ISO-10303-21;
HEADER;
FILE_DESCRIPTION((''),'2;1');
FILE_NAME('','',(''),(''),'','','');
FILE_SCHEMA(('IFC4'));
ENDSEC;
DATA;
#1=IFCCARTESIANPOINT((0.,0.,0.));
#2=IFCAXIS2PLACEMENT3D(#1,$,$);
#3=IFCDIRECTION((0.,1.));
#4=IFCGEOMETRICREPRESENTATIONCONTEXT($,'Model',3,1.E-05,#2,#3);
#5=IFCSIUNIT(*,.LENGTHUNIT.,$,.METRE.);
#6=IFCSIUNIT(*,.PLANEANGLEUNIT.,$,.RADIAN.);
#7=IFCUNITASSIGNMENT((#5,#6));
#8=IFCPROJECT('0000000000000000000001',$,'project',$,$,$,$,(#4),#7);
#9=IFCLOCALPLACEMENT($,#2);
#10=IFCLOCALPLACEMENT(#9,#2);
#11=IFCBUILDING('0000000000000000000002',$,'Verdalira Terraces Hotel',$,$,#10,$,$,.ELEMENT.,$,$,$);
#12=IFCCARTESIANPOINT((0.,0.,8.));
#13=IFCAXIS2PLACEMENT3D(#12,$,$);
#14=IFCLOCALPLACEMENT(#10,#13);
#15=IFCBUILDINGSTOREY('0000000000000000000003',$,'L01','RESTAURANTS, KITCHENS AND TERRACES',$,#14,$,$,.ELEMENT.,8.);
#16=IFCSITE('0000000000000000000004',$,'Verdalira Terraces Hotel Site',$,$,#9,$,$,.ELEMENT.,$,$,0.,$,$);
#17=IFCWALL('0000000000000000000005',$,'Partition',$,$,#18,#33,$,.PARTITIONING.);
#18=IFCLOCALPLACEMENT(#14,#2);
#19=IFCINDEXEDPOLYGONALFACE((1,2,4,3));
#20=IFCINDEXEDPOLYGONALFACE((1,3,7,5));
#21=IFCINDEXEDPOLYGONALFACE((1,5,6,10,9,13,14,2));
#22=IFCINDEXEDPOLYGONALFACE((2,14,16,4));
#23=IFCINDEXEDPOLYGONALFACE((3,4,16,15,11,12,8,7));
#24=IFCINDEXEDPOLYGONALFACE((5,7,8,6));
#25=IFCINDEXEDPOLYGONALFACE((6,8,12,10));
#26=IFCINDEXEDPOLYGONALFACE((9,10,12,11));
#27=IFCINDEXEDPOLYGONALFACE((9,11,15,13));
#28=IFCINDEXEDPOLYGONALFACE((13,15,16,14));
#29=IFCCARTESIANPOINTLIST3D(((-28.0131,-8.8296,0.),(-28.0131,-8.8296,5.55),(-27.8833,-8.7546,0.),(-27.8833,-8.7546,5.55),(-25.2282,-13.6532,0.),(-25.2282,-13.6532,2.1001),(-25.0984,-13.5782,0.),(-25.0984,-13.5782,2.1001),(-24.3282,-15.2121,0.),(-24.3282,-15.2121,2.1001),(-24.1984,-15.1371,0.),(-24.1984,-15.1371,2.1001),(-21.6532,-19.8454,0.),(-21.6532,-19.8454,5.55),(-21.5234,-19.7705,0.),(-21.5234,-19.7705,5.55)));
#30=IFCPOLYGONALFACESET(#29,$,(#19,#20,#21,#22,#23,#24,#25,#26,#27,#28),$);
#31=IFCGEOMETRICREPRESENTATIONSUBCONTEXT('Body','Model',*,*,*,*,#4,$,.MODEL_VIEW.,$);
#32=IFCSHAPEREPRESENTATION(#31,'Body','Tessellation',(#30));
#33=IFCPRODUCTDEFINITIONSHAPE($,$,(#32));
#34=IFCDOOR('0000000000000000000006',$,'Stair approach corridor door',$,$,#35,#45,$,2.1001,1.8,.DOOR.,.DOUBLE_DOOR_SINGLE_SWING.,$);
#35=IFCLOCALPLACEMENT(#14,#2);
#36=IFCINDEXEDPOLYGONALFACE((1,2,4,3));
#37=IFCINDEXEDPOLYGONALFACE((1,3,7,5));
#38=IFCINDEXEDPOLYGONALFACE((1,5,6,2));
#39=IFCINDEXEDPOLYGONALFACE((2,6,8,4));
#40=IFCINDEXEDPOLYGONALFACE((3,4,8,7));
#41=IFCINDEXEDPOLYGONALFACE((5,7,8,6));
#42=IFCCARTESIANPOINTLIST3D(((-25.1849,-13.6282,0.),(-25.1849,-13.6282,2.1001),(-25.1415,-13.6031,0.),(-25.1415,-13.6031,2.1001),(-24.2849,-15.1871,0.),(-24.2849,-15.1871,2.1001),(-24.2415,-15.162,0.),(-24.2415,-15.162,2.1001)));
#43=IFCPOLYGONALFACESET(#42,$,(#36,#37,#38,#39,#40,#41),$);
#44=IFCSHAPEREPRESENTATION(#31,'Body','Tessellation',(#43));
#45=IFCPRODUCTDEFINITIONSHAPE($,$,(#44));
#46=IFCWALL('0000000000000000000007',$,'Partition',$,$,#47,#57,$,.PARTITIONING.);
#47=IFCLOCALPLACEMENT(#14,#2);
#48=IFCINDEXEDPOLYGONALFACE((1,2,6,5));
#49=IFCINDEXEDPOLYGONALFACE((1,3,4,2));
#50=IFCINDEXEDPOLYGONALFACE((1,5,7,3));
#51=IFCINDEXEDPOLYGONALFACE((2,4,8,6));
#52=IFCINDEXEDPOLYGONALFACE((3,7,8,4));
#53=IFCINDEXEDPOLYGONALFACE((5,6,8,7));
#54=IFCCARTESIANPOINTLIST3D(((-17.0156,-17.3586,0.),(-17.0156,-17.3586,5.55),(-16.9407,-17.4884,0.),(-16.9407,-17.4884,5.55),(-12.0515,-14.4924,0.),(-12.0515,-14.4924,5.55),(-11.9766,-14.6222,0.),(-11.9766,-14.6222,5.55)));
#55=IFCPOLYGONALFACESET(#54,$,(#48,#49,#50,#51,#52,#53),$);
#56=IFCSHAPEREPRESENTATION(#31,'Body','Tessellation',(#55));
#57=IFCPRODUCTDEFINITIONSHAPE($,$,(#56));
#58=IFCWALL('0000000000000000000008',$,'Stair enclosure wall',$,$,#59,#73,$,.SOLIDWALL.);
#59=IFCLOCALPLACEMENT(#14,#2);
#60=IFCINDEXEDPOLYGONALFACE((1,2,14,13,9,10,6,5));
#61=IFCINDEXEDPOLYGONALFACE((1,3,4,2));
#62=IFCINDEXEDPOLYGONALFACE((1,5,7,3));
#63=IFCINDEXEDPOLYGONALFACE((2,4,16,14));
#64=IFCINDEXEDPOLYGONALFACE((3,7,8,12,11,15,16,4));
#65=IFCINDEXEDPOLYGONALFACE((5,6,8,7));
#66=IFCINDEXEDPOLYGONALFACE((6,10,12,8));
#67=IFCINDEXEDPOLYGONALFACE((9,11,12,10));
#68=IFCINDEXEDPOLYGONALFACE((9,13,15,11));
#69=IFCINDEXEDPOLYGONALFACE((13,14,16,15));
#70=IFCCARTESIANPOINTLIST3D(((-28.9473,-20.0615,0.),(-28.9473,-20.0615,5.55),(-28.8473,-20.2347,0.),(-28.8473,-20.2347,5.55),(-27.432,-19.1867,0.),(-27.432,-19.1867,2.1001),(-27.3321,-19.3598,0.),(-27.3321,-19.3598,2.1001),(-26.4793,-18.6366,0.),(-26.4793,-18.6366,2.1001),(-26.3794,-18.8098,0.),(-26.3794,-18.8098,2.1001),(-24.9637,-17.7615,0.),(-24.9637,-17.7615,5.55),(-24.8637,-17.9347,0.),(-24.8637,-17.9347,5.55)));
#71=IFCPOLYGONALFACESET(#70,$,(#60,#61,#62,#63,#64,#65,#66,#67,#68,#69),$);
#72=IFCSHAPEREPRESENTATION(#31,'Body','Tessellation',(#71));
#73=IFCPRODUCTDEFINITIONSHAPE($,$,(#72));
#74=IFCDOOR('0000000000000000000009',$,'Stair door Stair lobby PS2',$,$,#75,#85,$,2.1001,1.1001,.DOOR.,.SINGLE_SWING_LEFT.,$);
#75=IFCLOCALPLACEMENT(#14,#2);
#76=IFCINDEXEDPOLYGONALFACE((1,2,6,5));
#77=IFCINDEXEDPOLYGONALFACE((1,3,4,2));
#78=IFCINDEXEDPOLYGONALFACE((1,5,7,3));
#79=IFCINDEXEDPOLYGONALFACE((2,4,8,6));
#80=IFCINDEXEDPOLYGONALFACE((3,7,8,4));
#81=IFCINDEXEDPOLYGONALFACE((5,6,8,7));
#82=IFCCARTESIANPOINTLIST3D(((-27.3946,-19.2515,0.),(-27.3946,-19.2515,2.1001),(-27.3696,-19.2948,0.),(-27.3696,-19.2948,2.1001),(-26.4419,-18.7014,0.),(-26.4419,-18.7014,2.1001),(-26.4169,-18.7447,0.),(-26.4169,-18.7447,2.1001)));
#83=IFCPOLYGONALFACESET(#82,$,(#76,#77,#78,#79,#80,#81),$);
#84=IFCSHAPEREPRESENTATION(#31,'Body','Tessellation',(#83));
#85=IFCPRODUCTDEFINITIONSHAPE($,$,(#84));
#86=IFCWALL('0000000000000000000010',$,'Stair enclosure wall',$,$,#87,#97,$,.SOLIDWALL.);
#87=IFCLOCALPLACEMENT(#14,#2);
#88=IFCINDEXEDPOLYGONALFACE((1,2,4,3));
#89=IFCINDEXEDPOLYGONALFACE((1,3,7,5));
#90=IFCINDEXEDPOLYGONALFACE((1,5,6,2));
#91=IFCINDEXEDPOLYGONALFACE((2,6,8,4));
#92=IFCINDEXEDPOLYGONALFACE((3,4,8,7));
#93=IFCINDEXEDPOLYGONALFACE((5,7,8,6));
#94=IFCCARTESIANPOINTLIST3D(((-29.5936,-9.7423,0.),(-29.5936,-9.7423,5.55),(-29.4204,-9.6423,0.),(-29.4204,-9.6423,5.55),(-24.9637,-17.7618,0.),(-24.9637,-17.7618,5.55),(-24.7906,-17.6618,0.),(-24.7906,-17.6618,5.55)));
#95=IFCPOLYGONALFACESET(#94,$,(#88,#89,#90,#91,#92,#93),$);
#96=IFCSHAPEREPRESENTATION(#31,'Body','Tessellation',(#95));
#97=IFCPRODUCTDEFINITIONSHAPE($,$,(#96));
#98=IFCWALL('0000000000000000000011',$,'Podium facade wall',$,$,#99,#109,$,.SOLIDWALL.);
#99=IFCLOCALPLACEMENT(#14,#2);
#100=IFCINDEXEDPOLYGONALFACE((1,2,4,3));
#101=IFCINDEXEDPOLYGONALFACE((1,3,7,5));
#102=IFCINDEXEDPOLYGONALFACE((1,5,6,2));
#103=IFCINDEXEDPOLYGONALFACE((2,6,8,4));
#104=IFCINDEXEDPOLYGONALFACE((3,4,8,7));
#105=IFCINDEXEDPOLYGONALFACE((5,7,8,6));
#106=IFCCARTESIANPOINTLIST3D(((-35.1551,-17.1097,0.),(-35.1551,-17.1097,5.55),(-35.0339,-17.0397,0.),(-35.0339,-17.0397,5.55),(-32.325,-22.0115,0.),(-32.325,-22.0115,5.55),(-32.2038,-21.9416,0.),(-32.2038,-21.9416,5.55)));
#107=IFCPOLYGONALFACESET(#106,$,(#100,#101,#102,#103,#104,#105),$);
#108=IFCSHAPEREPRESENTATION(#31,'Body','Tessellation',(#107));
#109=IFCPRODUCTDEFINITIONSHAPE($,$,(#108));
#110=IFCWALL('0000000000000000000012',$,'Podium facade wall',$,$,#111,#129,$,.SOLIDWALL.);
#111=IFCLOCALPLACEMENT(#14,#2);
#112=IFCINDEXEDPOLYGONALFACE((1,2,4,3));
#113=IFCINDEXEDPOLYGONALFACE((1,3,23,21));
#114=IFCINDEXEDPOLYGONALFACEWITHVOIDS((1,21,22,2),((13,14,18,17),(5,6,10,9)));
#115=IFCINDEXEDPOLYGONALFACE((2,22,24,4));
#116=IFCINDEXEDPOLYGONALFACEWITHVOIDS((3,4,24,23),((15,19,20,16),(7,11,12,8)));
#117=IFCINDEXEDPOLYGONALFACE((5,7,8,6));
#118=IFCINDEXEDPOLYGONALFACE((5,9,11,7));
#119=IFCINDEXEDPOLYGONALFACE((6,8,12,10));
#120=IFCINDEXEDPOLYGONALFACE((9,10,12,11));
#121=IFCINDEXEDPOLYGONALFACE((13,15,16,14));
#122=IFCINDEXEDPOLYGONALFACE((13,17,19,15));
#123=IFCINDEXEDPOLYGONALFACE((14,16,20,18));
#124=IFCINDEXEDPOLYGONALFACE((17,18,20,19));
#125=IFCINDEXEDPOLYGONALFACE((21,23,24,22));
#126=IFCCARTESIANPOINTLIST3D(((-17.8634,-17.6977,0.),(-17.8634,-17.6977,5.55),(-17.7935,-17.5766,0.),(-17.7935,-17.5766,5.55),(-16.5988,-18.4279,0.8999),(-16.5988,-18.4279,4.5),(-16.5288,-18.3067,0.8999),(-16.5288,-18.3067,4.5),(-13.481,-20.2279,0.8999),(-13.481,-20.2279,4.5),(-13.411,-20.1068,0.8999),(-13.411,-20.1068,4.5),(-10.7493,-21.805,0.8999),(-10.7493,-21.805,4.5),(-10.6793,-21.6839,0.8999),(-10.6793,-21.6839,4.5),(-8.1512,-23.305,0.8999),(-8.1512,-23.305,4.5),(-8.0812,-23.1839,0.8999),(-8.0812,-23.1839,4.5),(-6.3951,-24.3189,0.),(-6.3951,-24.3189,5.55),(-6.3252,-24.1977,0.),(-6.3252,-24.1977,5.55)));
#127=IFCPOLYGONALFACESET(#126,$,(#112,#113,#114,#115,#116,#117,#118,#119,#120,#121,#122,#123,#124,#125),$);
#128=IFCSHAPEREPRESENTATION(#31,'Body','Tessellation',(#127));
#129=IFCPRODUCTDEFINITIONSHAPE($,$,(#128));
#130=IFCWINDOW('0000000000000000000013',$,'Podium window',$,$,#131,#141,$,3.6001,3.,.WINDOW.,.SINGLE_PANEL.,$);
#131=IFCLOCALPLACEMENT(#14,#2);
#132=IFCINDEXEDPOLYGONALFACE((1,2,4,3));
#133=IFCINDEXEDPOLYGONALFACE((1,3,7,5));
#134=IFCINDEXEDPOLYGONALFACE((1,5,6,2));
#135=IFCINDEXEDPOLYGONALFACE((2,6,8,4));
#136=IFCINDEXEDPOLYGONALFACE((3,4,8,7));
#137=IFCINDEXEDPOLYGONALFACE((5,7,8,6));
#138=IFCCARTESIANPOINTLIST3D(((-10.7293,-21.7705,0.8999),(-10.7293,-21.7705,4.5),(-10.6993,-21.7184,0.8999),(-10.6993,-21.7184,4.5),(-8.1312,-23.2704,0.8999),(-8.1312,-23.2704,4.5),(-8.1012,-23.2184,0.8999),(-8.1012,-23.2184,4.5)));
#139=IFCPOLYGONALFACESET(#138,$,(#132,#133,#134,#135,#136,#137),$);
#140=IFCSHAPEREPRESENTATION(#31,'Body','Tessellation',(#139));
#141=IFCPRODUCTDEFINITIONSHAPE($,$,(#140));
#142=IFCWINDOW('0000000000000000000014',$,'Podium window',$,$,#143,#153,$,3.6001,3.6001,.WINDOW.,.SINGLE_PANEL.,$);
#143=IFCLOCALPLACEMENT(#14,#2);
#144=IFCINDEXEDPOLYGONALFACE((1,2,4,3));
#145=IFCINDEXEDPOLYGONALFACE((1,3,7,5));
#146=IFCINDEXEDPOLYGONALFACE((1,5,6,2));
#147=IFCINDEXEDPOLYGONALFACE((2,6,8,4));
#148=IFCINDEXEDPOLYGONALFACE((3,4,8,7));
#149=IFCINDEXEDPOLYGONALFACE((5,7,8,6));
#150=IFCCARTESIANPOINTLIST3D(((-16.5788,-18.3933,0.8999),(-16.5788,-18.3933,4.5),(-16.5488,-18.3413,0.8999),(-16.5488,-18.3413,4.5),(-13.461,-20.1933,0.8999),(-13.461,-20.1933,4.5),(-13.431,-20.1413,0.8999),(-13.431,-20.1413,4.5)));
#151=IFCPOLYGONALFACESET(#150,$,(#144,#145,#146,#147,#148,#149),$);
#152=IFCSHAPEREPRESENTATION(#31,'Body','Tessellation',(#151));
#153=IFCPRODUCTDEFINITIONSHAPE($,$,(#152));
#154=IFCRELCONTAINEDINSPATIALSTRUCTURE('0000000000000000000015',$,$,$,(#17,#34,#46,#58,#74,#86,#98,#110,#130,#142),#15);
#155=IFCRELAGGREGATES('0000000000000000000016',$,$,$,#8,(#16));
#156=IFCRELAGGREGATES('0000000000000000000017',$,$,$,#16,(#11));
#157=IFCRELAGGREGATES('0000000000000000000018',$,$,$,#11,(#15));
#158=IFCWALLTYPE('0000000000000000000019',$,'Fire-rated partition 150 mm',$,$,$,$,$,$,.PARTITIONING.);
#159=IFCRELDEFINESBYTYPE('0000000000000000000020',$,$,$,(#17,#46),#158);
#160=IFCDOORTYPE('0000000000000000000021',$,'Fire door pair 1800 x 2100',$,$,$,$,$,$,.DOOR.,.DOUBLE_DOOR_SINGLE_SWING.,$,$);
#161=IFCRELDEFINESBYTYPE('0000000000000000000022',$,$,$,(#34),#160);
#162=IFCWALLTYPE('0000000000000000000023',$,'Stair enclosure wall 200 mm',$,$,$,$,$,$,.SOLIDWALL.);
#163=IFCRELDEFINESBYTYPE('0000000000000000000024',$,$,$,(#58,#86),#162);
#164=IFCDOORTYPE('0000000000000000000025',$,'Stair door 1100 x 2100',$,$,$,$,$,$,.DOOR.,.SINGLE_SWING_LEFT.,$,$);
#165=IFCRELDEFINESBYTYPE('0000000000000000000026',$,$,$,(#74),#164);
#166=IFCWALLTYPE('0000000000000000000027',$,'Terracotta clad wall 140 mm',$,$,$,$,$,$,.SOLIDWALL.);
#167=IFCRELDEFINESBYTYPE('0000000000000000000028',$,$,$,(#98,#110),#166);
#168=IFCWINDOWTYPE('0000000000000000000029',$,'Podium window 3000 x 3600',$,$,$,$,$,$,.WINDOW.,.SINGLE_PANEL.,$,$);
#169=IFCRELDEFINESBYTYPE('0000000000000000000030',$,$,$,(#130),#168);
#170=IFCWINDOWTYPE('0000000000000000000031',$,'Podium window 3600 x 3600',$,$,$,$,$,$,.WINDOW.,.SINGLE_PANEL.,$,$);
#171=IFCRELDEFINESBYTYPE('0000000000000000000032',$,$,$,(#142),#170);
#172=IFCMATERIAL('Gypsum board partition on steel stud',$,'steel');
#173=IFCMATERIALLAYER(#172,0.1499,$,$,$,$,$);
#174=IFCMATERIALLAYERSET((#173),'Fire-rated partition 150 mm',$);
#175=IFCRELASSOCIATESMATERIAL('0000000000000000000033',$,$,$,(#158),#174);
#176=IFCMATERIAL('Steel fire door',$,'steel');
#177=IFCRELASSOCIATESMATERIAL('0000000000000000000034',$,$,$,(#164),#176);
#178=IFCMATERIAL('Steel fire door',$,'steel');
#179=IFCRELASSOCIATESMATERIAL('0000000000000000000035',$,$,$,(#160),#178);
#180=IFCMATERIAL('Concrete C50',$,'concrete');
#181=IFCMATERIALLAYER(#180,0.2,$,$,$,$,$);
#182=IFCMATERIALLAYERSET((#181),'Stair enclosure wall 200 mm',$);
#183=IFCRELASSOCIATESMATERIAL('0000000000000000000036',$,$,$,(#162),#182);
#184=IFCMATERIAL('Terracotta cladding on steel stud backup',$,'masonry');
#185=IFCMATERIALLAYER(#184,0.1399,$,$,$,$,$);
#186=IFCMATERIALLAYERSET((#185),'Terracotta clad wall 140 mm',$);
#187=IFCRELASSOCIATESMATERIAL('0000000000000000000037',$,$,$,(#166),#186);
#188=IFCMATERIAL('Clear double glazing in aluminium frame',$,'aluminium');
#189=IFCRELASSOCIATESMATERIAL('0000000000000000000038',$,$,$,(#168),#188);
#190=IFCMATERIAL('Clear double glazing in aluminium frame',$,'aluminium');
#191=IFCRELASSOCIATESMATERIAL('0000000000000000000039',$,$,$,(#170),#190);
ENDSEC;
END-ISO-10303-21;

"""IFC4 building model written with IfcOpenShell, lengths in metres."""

from ifc_helpers import new_model, si_unit, direction, frame, frame_2d, origin, place, context, subcontext, project, spatial, rectangle, extrude, material, layer, layer_set, type_object, element, fill, save


model = new_model("IFC4")

# Units and contexts
model_context = context("Model", 3, precision=1e-05, world=origin(), true_north=direction((0.0, 1.0)))
body_context = subcontext(model_context, "Body", "Model", "MODEL_VIEW")
ifc_project = project(units=[si_unit("LENGTHUNIT", "METRE"), si_unit("PLANEANGLEUNIT", "RADIAN")], contexts=[model_context])

# Site, building, storey
site_placement = place(None, origin())
site = spatial("IfcSite", under=ifc_project, at=site_placement, Name="Verdalira Terraces Hotel Site", CompositionType="ELEMENT", RefElevation=0.0)
building_placement = place(site_placement, origin())
building = spatial("IfcBuilding", under=site, at=building_placement, Name="Verdalira Terraces Hotel", CompositionType="ELEMENT")
storey_placement = place(building_placement, frame((0.0, 0.0, 8.0)))
storey = spatial("IfcBuildingStorey", under=building, at=storey_placement, Name="L01", Description="RESTAURANTS, KITCHENS AND TERRACES", CompositionType="ELEMENT", Elevation=8.0)

# Wall, opening, door
ifc_material_1 = material(Name="Gypsum board partition on steel stud", Category="steel")
ifc_layer_1 = layer(ifc_material_1, 0.1499)
ifc_layer_set_1 = layer_set([ifc_layer_1], Name="Fire-rated partition 150 mm")
wall_type_1 = type_object("IfcWallType", Name="Fire-rated partition 150 mm", PredefinedType="PARTITIONING", material=ifc_layer_set_1)
ifc_material_2 = material(Name="Steel fire door", Category="steel")
door_type_1 = type_object("IfcDoorType", Name="Stair door 1100 x 2100", OperationType="SINGLE_SWING_LEFT", PredefinedType="DOOR", material=ifc_material_2)
wall_1_placement = place(storey_placement, frame((-21.5884, -19.8079, 0.0), z_axis=(0.0, 0.0, 1.0), x_axis=(-0.499991, 0.866031, 0.0)))
wall_1 = element("IfcWall", 1, at=wall_1_placement, inside=storey, type_object=wall_type_1, Name="Partition", PredefinedType="PARTITIONING", context=body_context, shape_type="SweptSolid", body=[
    extrude(rectangle(XDim=12.72, YDim=0.1499, at=frame_2d((6.3599, 0.0))), origin(), (0.0, 0.0, 1.0), 5.55),
])
opening_1_placement = place(wall_1_placement, frame((5.3501, 0.0, 0.0)))
opening_1 = element("IfcOpeningElement", 2, at=opening_1_placement, cuts=wall_1, PredefinedType="OPENING", context=body_context, shape_type="SweptSolid", body=[
    extrude(rectangle(XDim=1.8, YDim=2.1001, at=frame_2d((0.8999, 1.05))), frame((0.0, 0.085, 0.0), z_axis=(0.0, -1.0, 0.0), x_axis=(1.0, 0.0, 0.0)), (0.0, 0.0, 1.0), 0.1699),
])
ifc_material_3 = material(Name="Steel fire door", Category="steel")
door_type_2 = type_object("IfcDoorType", Name="Fire door pair 1800 x 2100", OperationType="DOUBLE_DOOR_SINGLE_SWING", PredefinedType="DOOR", material=ifc_material_3)
door_1_placement = place(opening_1_placement, origin())
door_1 = element("IfcDoor", 3, at=door_1_placement, inside=storey, type_object=door_type_2, Name="Stair approach corridor door", OperationType="DOUBLE_DOOR_SINGLE_SWING", OverallHeight=2.1001, OverallWidth=1.8, PredefinedType="DOOR", context=body_context, shape_type="SweptSolid", body=[
    extrude(rectangle(XDim=1.8, YDim=2.1001, at=frame_2d((0.8999, 1.05))), frame((0.0, 0.0249, 0.0), z_axis=(0.0, -1.0, 0.0), x_axis=(1.0, 0.0, 0.0)), (0.0, 0.0, 1.0), 0.05),
])
fill(opening_1, door_1)

# Wall
wall_2_placement = place(storey_placement, frame((-16.9783, -17.4236, 0.0), z_axis=(0.0, 0.0, 1.0), x_axis=(0.866012, 0.500024, 0.0)))
element("IfcWall", 4, at=wall_2_placement, inside=storey, type_object=wall_type_1, Name="Partition", PredefinedType="PARTITIONING", context=body_context, shape_type="SweptSolid", body=[
    extrude(rectangle(XDim=5.7322, YDim=0.1499, at=frame_2d((2.8662, 0.0))), origin(), (0.0, 0.0, 1.0), 5.55),
])

# Wall, opening, door
ifc_material_4 = material(Name="Concrete C50", Category="concrete")
ifc_layer_2 = layer(ifc_material_4, 0.2)
ifc_layer_set_2 = layer_set([ifc_layer_2], Name="Stair enclosure wall 200 mm")
wall_type_2 = type_object("IfcWallType", Name="Stair enclosure wall 200 mm", PredefinedType="SOLIDWALL", material=ifc_layer_set_2)
wall_3_placement = place(storey_placement, frame((-24.9138, -17.8481, 0.0), z_axis=(0.0, 0.0, 1.0), x_axis=(-0.866017, -0.500015, 0.0)))
wall_3 = element("IfcWall", 5, at=wall_3_placement, inside=storey, type_object=wall_type_2, Name="Stair enclosure wall", PredefinedType="SOLIDWALL", context=body_context, shape_type="SweptSolid", body=[
    extrude(rectangle(XDim=4.5999, YDim=0.2, at=frame_2d((2.2998, 0.0))), origin(), (0.0, 0.0, 1.0), 5.55),
])
opening_2_placement = place(wall_3_placement, frame((1.75, 0.0, 0.0)))
opening_2 = element("IfcOpeningElement", 6, at=opening_2_placement, cuts=wall_3, PredefinedType="OPENING", context=body_context, shape_type="SweptSolid", body=[
    extrude(rectangle(XDim=1.1001, YDim=2.1001, at=frame_2d((0.55, 1.05))), frame((0.0, 0.1099, 0.0), z_axis=(0.0, -1.0, 0.0), x_axis=(1.0, 0.0, 0.0)), (0.0, 0.0, 1.0), 0.22),
])
door_2_placement = place(opening_2_placement, origin())
door_2 = element("IfcDoor", 7, at=door_2_placement, inside=storey, type_object=door_type_1, Name="Stair door Stair lobby PS2", OperationType="SINGLE_SWING_LEFT", OverallHeight=2.1001, OverallWidth=1.1001, PredefinedType="DOOR", context=body_context, shape_type="SweptSolid", body=[
    extrude(rectangle(XDim=1.1001, YDim=2.1001, at=frame_2d((0.55, 1.05))), frame((0.0, 0.0249, 0.0), z_axis=(0.0, -1.0, 0.0), x_axis=(1.0, 0.0, 0.0)), (0.0, 0.0, 1.0), 0.05),
])
fill(opening_2, door_2)

# Walls
wall_4_placement = place(storey_placement, frame((-24.8772, -17.7117, 0.0), z_axis=(0.0, 0.0, 1.0), x_axis=(-0.499984, 0.866035, 0.0)))
element("IfcWall", 8, at=wall_4_placement, inside=storey, type_object=wall_type_2, Name="Stair enclosure wall", PredefinedType="SOLIDWALL", context=body_context, shape_type="SweptSolid", body=[
    extrude(rectangle(XDim=9.26, YDim=0.2, at=frame_2d((4.6299, 0.0))), origin(), (0.0, 0.0, 1.0), 5.55),
])
ifc_material_5 = material(Name="Terracotta cladding on steel stud backup", Category="masonry")
ifc_layer_3 = layer(ifc_material_5, 0.1399)
ifc_layer_set_3 = layer_set([ifc_layer_3], Name="Terracotta clad wall 140 mm")
wall_type_3 = type_object("IfcWallType", Name="Terracotta clad wall 140 mm", PredefinedType="SOLIDWALL", material=ifc_layer_set_3)
wall_5_placement = place(storey_placement, frame((-35.0945, -17.0747, 0.0), z_axis=(0.0, 0.0, 1.0), x_axis=(0.499999, -0.866026, 0.0)))
element("IfcWall", 9, at=wall_5_placement, inside=storey, type_object=wall_type_3, Name="Podium facade wall", PredefinedType="SOLIDWALL", context=body_context, shape_type="SweptSolid", body=[
    extrude(rectangle(XDim=5.6602, YDim=0.1399, at=frame_2d((2.8301, 0.0))), origin(), (0.0, 0.0, 1.0), 5.55),
])

# Wall, openings, windows
wall_6_placement = place(storey_placement, frame((-17.8284, -17.6372, 0.0), z_axis=(0.0, 0.0, 1.0), x_axis=(0.866029, -0.499994, 0.0)))
wall_6 = element("IfcWall", 10, at=wall_6_placement, inside=storey, type_object=wall_type_3, Name="Podium facade wall", PredefinedType="SOLIDWALL", context=body_context, shape_type="SweptSolid", body=[
    extrude(rectangle(XDim=13.2424, YDim=0.1399, at=frame_2d((6.6211, 0.0))), origin(), (0.0, 0.0, 1.0), 5.55),
])
opening_3_placement = place(wall_6_placement, frame((1.4602, 0.0, 0.8999)))
opening_3 = element("IfcOpeningElement", 11, at=opening_3_placement, cuts=wall_6, PredefinedType="OPENING", context=body_context, shape_type="SweptSolid", body=[
    extrude(rectangle(XDim=3.6001, YDim=3.6001, at=frame_2d((1.8, 1.8))), frame((0.0, 0.0798, 0.0), z_axis=(0.0, -1.0, 0.0), x_axis=(1.0, 0.0, 0.0)), (0.0, 0.0, 1.0), 0.1599),
])
opening_4_placement = place(wall_6_placement, frame((8.2146, 0.0, 0.8999)))
opening_4 = element("IfcOpeningElement", 12, at=opening_4_placement, cuts=wall_6, PredefinedType="OPENING", context=body_context, shape_type="SweptSolid", body=[
    extrude(rectangle(XDim=3.0, YDim=3.6001, at=frame_2d((1.5, 1.8))), frame((0.0, 0.0798, 0.0), z_axis=(0.0, -1.0, 0.0), x_axis=(1.0, 0.0, 0.0)), (0.0, 0.0, 1.0), 0.1599),
])
ifc_material_6 = material(Name="Clear double glazing in aluminium frame", Category="aluminium")
window_type_1 = type_object("IfcWindowType", Name="Podium window 3000 x 3600", PartitioningType="SINGLE_PANEL", PredefinedType="WINDOW", material=ifc_material_6)
window_1_placement = place(opening_4_placement, origin())
window_1 = element("IfcWindow", 13, at=window_1_placement, inside=storey, type_object=window_type_1, Name="Podium window", OverallHeight=3.6001, OverallWidth=3.0, PartitioningType="SINGLE_PANEL", PredefinedType="WINDOW", context=body_context, shape_type="SweptSolid", body=[
    extrude(rectangle(XDim=3.0, YDim=3.6001, at=frame_2d((1.5, 1.8))), frame((0.0, 0.03, 0.0), z_axis=(0.0, -1.0, 0.0), x_axis=(1.0, 0.0, 0.0)), (0.0, 0.0, 1.0), 0.0601),
])
fill(opening_4, window_1)
ifc_material_7 = material(Name="Clear double glazing in aluminium frame", Category="aluminium")
window_type_2 = type_object("IfcWindowType", Name="Podium window 3600 x 3600", PartitioningType="SINGLE_PANEL", PredefinedType="WINDOW", material=ifc_material_7)
window_2_placement = place(opening_3_placement, origin())
window_2 = element("IfcWindow", 14, at=window_2_placement, inside=storey, type_object=window_type_2, Name="Podium window", OverallHeight=3.6001, OverallWidth=3.6001, PartitioningType="SINGLE_PANEL", PredefinedType="WINDOW", context=body_context, shape_type="SweptSolid", body=[
    extrude(rectangle(XDim=3.6001, YDim=3.6001, at=frame_2d((1.8, 1.8))), frame((0.0, 0.03, 0.0), z_axis=(0.0, -1.0, 0.0), x_axis=(1.0, 0.0, 0.0)), (0.0, 0.0, 1.0), 0.0601),
])
fill(opening_3, window_2)

save(model, "model.ifc")
